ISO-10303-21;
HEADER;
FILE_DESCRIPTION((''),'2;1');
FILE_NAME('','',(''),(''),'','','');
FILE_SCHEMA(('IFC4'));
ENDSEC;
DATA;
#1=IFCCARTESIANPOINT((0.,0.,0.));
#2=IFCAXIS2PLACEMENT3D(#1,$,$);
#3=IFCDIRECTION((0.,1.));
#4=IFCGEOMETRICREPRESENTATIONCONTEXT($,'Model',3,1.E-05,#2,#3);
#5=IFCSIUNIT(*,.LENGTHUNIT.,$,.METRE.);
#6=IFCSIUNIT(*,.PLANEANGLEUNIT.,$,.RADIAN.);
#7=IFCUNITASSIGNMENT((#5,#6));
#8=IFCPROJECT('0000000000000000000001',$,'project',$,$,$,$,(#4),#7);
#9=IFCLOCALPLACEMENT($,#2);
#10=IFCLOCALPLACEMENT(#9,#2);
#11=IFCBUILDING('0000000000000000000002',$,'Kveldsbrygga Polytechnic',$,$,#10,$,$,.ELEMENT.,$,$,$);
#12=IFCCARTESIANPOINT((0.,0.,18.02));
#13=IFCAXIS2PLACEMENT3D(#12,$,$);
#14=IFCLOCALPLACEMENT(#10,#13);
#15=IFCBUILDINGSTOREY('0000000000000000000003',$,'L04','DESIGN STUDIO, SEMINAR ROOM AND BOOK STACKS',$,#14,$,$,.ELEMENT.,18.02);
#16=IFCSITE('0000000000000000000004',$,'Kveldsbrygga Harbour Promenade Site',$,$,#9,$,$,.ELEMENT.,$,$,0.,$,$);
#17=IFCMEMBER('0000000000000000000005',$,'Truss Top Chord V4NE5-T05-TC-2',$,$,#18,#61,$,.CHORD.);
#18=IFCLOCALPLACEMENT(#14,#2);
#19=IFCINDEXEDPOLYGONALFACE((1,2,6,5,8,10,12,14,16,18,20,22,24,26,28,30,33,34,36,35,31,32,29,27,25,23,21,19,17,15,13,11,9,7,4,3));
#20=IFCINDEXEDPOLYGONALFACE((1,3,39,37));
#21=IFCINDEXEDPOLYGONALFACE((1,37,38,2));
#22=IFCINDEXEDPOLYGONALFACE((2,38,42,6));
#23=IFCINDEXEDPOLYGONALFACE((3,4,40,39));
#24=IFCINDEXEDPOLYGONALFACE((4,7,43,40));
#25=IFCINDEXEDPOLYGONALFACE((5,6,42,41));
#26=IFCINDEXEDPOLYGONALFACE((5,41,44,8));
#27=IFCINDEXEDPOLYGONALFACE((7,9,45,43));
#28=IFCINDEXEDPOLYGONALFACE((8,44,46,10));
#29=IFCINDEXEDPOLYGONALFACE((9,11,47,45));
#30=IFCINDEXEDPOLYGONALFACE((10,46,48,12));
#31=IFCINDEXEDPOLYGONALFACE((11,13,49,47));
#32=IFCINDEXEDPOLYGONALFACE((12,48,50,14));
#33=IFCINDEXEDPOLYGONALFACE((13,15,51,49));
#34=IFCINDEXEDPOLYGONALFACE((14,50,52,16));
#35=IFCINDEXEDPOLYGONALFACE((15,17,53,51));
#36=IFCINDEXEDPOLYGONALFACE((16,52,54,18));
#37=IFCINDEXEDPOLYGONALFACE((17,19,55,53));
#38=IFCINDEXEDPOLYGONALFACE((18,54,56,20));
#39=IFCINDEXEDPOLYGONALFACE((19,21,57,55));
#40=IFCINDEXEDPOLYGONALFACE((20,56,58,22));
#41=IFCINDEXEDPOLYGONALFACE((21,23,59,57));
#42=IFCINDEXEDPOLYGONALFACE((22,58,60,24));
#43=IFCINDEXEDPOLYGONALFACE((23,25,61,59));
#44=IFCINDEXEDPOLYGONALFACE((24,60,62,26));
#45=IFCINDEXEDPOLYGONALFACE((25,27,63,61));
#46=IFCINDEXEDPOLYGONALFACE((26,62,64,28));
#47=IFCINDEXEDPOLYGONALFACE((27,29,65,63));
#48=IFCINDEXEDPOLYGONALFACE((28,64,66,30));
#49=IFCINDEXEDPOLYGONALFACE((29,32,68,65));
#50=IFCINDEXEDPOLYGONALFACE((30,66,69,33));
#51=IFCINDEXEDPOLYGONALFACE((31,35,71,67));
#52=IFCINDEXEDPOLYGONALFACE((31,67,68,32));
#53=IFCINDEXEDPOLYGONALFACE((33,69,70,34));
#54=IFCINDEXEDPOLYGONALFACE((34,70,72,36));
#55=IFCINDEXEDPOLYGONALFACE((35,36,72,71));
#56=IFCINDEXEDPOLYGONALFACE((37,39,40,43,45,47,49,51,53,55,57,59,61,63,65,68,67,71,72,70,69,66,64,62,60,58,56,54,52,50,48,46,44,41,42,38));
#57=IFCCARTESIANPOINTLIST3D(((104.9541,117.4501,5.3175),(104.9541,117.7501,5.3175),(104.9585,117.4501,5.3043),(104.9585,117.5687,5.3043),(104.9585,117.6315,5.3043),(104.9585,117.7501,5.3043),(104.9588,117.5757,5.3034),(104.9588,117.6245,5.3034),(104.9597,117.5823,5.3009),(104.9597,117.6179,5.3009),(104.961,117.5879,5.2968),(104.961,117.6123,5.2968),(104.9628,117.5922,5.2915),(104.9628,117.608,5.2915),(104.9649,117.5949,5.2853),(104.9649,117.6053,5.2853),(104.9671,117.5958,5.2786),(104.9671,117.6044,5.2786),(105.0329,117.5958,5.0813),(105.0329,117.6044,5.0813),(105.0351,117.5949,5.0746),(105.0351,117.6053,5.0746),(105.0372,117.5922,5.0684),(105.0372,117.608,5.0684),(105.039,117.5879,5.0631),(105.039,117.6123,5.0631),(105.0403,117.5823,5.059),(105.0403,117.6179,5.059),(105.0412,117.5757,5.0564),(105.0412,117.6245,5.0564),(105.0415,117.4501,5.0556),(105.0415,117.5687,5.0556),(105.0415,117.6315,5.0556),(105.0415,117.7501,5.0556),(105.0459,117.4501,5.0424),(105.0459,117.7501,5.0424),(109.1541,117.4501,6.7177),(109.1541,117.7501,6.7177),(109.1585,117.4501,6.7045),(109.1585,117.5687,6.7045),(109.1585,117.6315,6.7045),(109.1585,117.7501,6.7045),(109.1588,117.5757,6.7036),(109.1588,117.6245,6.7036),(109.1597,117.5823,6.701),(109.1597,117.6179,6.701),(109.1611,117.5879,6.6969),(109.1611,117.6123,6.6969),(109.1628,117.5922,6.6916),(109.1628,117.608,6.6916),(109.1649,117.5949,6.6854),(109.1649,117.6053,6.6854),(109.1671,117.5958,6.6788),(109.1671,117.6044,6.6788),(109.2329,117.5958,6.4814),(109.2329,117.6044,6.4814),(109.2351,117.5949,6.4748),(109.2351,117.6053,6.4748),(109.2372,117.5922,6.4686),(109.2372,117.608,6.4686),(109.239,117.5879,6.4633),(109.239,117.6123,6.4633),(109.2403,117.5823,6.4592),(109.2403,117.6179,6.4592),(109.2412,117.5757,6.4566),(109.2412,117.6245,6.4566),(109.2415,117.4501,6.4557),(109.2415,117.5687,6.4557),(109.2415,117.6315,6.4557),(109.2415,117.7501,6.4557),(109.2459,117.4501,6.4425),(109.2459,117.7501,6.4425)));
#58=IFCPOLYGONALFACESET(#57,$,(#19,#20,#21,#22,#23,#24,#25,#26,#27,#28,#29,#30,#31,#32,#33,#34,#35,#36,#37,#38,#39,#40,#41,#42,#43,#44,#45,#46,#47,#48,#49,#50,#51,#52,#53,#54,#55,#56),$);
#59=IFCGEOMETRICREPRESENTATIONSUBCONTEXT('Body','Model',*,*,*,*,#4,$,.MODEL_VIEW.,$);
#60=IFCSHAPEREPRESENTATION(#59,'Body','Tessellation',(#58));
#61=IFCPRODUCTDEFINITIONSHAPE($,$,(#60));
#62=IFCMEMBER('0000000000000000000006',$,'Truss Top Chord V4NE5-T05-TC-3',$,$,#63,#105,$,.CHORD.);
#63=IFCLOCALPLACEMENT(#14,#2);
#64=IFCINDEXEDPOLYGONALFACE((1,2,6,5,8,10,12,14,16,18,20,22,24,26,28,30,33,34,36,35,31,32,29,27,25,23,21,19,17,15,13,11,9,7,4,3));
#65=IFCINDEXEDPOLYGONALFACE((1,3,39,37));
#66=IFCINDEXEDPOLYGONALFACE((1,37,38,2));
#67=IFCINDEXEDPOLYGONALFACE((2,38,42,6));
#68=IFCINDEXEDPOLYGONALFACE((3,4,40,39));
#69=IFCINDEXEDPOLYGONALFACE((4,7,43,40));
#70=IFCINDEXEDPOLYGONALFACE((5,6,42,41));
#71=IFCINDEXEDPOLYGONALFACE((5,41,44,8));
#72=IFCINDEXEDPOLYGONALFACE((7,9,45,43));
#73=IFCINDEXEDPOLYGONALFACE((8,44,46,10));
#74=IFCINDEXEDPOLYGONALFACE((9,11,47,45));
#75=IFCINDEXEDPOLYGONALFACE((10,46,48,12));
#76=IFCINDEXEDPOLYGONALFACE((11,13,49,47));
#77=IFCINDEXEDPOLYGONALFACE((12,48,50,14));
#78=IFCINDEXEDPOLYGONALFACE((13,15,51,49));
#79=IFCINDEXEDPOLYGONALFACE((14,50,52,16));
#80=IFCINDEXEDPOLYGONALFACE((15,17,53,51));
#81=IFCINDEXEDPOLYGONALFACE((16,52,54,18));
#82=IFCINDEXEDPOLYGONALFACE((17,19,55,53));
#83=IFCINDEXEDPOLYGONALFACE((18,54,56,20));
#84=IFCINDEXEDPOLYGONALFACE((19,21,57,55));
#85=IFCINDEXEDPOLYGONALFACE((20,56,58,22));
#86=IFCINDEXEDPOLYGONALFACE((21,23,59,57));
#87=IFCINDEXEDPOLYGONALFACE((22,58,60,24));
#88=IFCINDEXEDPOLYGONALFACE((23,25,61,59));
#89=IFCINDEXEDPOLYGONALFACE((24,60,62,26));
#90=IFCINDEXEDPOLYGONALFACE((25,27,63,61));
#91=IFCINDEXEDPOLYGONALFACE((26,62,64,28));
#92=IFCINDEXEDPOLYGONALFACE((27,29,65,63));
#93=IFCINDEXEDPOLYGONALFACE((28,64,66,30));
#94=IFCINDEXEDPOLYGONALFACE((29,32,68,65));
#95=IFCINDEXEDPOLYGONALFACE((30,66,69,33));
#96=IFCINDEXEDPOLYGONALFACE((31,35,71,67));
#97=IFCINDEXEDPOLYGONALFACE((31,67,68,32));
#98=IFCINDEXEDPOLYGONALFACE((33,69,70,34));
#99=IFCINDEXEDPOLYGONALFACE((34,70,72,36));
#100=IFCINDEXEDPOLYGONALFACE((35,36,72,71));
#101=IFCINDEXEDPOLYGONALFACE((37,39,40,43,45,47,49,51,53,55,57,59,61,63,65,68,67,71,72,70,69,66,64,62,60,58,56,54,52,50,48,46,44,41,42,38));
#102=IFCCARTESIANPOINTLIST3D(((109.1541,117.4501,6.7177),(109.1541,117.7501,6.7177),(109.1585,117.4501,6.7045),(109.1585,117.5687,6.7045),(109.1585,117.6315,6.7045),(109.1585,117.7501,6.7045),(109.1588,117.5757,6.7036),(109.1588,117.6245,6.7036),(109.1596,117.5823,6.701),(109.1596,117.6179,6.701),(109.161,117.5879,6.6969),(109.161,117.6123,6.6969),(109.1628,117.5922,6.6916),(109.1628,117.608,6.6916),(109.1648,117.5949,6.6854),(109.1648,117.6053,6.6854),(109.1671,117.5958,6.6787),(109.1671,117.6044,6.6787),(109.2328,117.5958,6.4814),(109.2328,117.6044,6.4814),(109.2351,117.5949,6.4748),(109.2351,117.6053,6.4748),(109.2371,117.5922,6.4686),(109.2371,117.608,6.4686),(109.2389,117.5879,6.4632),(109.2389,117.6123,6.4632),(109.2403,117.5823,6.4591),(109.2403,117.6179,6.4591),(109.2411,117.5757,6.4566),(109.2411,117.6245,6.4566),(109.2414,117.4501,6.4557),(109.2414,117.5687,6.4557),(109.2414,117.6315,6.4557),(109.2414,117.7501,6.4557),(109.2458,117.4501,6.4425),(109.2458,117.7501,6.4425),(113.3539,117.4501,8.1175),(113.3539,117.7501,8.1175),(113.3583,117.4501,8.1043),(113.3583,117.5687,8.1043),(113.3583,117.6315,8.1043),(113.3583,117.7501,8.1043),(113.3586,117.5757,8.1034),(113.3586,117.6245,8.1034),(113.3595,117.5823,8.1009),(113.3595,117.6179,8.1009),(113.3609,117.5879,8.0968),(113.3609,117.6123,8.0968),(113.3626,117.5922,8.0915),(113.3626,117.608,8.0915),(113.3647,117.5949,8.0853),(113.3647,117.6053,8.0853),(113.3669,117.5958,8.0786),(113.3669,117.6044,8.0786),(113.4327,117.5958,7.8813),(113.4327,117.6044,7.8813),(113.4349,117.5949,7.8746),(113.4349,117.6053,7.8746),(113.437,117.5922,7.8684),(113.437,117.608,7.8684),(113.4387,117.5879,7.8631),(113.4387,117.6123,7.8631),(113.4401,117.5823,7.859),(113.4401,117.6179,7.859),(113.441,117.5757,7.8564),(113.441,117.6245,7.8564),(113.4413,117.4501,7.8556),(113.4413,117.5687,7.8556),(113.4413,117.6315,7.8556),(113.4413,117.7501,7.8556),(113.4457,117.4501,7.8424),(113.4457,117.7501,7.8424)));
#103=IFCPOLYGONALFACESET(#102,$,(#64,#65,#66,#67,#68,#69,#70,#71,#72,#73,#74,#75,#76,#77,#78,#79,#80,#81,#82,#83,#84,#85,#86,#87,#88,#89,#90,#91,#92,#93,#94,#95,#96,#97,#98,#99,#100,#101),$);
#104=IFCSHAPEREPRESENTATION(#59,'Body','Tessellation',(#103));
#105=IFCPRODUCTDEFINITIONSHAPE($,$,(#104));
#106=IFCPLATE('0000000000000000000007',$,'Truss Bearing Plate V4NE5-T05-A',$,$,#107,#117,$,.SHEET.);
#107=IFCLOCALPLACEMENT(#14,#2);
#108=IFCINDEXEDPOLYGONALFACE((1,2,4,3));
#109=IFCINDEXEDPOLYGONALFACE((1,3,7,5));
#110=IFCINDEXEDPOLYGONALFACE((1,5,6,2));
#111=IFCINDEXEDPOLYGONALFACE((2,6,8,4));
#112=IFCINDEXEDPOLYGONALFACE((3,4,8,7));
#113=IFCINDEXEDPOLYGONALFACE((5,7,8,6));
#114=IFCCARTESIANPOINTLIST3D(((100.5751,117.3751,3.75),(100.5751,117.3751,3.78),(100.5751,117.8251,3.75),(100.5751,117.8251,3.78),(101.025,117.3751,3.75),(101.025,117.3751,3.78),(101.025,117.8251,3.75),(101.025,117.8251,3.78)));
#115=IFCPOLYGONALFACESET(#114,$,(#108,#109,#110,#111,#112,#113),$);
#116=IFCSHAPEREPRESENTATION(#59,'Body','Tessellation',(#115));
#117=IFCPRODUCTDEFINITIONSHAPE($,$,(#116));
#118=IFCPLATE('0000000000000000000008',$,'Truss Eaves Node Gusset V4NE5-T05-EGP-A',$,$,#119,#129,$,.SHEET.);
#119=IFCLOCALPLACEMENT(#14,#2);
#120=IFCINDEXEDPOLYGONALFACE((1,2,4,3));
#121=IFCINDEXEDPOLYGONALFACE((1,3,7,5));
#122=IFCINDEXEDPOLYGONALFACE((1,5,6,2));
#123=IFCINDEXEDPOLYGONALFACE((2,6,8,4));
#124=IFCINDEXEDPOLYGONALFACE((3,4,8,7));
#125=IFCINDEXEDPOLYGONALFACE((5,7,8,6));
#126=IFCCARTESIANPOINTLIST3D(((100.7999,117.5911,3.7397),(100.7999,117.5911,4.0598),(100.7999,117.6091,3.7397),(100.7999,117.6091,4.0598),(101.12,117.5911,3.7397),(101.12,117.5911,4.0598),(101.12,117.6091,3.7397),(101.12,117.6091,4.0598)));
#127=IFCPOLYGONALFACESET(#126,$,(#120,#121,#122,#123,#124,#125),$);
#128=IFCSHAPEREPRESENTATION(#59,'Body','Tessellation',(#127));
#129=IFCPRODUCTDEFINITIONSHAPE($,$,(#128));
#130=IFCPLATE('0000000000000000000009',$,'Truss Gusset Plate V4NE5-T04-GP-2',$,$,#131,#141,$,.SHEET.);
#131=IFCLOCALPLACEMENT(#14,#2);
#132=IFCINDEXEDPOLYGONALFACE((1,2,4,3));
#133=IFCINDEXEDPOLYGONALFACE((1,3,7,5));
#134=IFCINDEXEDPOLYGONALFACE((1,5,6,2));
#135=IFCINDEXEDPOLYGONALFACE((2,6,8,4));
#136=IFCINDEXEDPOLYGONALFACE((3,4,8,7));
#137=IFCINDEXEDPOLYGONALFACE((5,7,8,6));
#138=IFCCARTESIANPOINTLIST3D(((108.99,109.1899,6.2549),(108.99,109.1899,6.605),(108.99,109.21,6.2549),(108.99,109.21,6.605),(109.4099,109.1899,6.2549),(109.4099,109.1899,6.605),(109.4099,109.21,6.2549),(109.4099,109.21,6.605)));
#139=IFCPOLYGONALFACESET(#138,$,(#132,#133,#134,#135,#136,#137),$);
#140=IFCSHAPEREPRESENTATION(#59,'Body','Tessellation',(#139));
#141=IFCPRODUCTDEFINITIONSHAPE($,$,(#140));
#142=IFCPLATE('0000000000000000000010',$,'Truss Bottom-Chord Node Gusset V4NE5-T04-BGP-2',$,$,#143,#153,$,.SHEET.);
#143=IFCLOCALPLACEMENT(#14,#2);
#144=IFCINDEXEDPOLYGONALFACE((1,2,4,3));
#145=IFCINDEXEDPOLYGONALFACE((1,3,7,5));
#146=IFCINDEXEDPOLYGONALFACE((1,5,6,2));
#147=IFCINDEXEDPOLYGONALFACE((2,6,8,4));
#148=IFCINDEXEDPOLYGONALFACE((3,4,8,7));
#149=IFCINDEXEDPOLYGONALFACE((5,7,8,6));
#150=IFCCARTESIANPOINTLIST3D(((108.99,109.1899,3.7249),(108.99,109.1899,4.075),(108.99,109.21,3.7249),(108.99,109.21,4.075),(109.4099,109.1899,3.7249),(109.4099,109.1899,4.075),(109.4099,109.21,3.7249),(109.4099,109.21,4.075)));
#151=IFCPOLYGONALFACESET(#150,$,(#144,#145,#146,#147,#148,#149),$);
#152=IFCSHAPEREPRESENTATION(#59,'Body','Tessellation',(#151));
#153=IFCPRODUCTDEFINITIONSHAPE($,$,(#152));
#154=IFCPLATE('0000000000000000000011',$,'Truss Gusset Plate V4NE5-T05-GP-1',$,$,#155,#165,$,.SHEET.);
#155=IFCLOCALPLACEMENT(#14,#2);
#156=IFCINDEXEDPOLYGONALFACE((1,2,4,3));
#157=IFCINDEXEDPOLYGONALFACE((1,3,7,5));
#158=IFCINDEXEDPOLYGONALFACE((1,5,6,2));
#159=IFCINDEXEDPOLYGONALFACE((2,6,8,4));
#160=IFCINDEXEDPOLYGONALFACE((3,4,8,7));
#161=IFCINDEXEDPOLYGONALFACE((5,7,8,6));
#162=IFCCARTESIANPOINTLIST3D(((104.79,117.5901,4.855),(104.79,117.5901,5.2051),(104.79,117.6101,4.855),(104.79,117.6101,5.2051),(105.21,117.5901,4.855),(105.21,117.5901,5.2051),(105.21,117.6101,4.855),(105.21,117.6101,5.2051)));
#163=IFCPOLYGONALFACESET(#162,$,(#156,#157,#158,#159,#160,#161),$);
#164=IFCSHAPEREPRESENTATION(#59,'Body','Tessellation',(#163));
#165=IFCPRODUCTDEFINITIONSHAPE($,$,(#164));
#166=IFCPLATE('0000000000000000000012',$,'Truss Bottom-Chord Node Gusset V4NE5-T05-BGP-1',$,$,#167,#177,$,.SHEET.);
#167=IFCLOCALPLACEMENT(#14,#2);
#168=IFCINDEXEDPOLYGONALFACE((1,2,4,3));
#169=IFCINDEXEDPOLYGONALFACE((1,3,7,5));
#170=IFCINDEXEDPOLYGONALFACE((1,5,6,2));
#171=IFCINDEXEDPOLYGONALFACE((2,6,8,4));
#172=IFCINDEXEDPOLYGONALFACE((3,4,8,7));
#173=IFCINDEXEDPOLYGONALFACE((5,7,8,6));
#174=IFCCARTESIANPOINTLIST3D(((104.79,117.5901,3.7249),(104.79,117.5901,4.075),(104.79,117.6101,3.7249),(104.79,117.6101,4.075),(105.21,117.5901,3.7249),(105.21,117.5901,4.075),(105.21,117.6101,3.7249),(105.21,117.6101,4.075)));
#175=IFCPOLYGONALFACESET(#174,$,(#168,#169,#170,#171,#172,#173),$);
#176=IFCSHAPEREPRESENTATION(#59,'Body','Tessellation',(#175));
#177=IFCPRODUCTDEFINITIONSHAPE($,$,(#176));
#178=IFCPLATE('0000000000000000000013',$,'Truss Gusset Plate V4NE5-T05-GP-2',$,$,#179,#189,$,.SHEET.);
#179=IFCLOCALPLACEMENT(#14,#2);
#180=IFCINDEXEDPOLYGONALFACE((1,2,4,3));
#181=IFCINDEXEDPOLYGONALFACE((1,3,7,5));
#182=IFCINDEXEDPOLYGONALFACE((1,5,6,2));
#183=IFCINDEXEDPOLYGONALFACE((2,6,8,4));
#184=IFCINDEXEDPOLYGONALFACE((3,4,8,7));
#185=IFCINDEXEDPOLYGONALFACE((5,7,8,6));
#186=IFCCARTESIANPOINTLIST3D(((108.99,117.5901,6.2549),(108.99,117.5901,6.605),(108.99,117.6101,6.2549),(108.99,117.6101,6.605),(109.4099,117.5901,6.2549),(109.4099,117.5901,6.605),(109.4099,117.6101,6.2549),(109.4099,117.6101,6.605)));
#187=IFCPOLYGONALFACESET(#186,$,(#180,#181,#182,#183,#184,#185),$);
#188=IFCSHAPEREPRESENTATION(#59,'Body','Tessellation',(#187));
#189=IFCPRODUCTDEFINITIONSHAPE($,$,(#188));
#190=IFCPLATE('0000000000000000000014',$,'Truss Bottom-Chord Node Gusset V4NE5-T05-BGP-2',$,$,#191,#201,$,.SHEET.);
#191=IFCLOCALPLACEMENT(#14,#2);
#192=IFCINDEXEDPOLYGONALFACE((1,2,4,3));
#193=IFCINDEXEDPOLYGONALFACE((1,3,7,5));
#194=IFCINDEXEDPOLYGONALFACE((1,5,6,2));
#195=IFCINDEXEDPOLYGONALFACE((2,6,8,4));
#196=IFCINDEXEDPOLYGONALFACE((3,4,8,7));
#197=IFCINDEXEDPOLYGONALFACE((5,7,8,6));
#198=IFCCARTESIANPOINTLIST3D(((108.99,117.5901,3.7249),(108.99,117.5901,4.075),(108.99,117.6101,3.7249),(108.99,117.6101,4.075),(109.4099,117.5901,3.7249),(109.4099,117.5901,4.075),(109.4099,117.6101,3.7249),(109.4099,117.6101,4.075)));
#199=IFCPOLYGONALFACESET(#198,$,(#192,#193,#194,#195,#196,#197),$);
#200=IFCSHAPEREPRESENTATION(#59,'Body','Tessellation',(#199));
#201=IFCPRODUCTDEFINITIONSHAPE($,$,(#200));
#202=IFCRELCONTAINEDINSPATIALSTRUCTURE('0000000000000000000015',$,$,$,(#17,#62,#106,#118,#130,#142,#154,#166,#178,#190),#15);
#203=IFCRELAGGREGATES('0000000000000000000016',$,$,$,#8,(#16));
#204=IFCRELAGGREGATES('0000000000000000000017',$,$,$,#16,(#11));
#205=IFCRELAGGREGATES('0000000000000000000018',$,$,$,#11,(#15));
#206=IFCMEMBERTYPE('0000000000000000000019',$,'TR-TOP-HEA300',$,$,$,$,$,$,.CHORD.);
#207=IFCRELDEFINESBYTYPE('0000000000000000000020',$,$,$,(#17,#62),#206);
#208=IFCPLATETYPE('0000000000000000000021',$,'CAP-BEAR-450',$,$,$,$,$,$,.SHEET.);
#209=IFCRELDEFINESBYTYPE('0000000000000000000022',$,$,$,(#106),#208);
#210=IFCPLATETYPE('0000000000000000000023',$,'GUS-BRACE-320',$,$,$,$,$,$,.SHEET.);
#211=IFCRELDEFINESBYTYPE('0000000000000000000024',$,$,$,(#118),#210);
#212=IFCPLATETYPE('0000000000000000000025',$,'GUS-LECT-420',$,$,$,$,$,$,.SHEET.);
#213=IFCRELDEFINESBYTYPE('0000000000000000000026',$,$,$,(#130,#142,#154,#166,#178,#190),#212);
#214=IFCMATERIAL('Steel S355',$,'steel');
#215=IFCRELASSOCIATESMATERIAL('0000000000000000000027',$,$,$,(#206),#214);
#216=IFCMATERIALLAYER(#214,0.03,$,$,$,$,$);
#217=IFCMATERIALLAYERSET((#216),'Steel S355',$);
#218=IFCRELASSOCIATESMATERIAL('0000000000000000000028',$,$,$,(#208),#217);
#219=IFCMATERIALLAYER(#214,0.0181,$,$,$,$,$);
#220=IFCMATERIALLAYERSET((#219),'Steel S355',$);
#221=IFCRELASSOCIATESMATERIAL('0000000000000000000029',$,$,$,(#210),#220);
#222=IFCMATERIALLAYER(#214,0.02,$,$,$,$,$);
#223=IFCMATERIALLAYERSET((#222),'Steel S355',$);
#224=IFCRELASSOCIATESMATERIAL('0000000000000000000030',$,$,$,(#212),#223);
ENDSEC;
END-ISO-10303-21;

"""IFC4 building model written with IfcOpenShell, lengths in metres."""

from ifc_helpers import new_model, si_unit, direction, frame, origin, origin_2d, place, context, subcontext, project, spatial, rectangle, i_section, extrude, material, layer, layer_set, material_profile, profile_set, type_object, element, save


model = new_model("IFC4")

# Units and contexts
model_context = context("Model", 3, precision=1e-05, world=origin(), true_north=direction((0.0, 1.0)))
body_context = subcontext(model_context, "Body", "Model", "MODEL_VIEW")
ifc_project = project(units=[si_unit("LENGTHUNIT", "METRE"), si_unit("PLANEANGLEUNIT", "RADIAN")], contexts=[model_context])

# Site, building, storey
site_placement = place(None, origin())
site = spatial("IfcSite", under=ifc_project, at=site_placement, Name="Kveldsbrygga Harbour Promenade Site", CompositionType="ELEMENT", RefElevation=0.0)
building_placement = place(site_placement, origin())
building = spatial("IfcBuilding", under=site, at=building_placement, Name="Kveldsbrygga Polytechnic", CompositionType="ELEMENT")
storey_placement = place(building_placement, frame((0.0, 0.0, 18.02)))
storey = spatial("IfcBuildingStorey", under=building, at=storey_placement, Name="L04", Description="DESIGN STUDIO, SEMINAR ROOM AND BOOK STACKS", CompositionType="ELEMENT", Elevation=18.02)

# Members
ifc_material_1 = material(Name="Steel S355", Category="steel")
ifc_material_profile_1 = material_profile(ifc_material_1, i_section(OverallWidth=0.3, OverallDepth=0.29, WebThickness=0.0085, FlangeThickness=0.0139, FilletRadius=0.0271, at=origin_2d()), Name="HEA 300")
ifc_profile_set_1 = profile_set([ifc_material_profile_1], Name="Steel S355")
member_type_1 = type_object("IfcMemberType", Name="TR-TOP-HEA300", PredefinedType="CHORD", material=ifc_profile_set_1)
member_1_placement = place(storey_placement, frame((105.0, 117.6001, 5.1799), z_axis=(0.948672, 0.0, 0.316261), x_axis=(0.0, 1.0, 0.0)))
element("IfcMember", 1, at=member_1_placement, inside=storey, type_object=member_type_1, Name="Truss Top Chord V4NE5-T05-TC-2", PredefinedType="CHORD", context=body_context, shape_type="SweptSolid", body=[
    extrude(i_section(OverallWidth=0.3, OverallDepth=0.29, WebThickness=0.0085, FlangeThickness=0.0139, FilletRadius=0.0271, at=origin_2d()), origin(), (0.0, 0.0, 1.0), 4.4272),
])
member_2_placement = place(storey_placement, frame((109.2, 117.6001, 6.5801), z_axis=(0.948689, 0.0, 0.316211), x_axis=(0.0, 1.0, 0.0)))
element("IfcMember", 2, at=member_2_placement, inside=storey, type_object=member_type_1, Name="Truss Top Chord V4NE5-T05-TC-3", PredefinedType="CHORD", context=body_context, shape_type="SweptSolid", body=[
    extrude(i_section(OverallWidth=0.3, OverallDepth=0.29, WebThickness=0.0085, FlangeThickness=0.0139, FilletRadius=0.0271, at=origin_2d()), origin(), (0.0, 0.0, 1.0), 4.427),
])

# Plates
ifc_layer_1 = layer(ifc_material_1, 0.03)
ifc_layer_set_1 = layer_set([ifc_layer_1], Name="Steel S355")
plate_type_1 = type_object("IfcPlateType", Name="CAP-BEAR-450", PredefinedType="SHEET", material=ifc_layer_set_1)
plate_1_placement = place(storey_placement, frame((100.8, 117.6001, 3.75), z_axis=(0.0, 0.0, 1.0), x_axis=(1.0, 0.0, 0.0)))
element("IfcPlate", 3, at=plate_1_placement, inside=storey, type_object=plate_type_1, Name="Truss Bearing Plate V4NE5-T05-A", PredefinedType="SHEET", context=body_context, shape_type="SweptSolid", body=[
    extrude(rectangle(XDim=0.45, YDim=0.45, at=origin_2d()), origin(), (0.0, 0.0, 1.0), 0.03),
])
ifc_layer_2 = layer(ifc_material_1, 0.0181)
ifc_layer_set_2 = layer_set([ifc_layer_2], Name="Steel S355")
plate_type_2 = type_object("IfcPlateType", Name="GUS-BRACE-320", PredefinedType="SHEET", material=ifc_layer_set_2)
plate_2_placement = place(storey_placement, frame((100.96, 117.6001, 3.7397), z_axis=(0.0, 0.0, 1.0), x_axis=(1.0, 0.0, 0.0)))
element("IfcPlate", 4, at=plate_2_placement, inside=storey, type_object=plate_type_2, Name="Truss Eaves Node Gusset V4NE5-T05-EGP-A", PredefinedType="SHEET", context=body_context, shape_type="SweptSolid", body=[
    extrude(rectangle(XDim=0.3201, YDim=0.0181, at=origin_2d()), origin(), (0.0, 0.0, 1.0), 0.3201),
])
ifc_layer_3 = layer(ifc_material_1, 0.02)
ifc_layer_set_3 = layer_set([ifc_layer_3], Name="Steel S355")
plate_type_3 = type_object("IfcPlateType", Name="GUS-LECT-420", PredefinedType="SHEET", material=ifc_layer_set_3)
for number, where, z_axis, x_axis, name in (
    (5, (109.2, 109.2, 6.2549), (0.0, 0.0, 1.0), (1.0, 0.0, 0.0), "Truss Gusset Plate V4NE5-T04-GP-2"),
    (6, (109.2, 109.2, 3.7249), (0.0, 0.0, 1.0), (1.0, 0.0, 0.0), "Truss Bottom-Chord Node Gusset V4NE5-T04-BGP-2"),
    (7, (105.0, 117.6001, 4.855), (0.0, 0.0, 1.0), (1.0, 0.0, 0.0), "Truss Gusset Plate V4NE5-T05-GP-1"),
    (8, (105.0, 117.6001, 3.7249), (0.0, 0.0, 1.0), (1.0, 0.0, 0.0), "Truss Bottom-Chord Node Gusset V4NE5-T05-BGP-1"),
    (9, (109.2, 117.6001, 6.2549), (0.0, 0.0, 1.0), (1.0, 0.0, 0.0), "Truss Gusset Plate V4NE5-T05-GP-2"),
    (10, (109.2, 117.6001, 3.7249), (0.0, 0.0, 1.0), (1.0, 0.0, 0.0), "Truss Bottom-Chord Node Gusset V4NE5-T05-BGP-2"),
):
    element("IfcPlate", number, at=place(storey_placement, frame(where, z_axis=z_axis, x_axis=x_axis)), inside=storey, type_object=plate_type_3, Name=name, PredefinedType="SHEET", context=body_context, shape_type="SweptSolid", body=[
        extrude(rectangle(XDim=0.4199, YDim=0.02, at=origin_2d()), origin(), (0.0, 0.0, 1.0), 0.3501),
    ])

save(model, "model.ifc")
